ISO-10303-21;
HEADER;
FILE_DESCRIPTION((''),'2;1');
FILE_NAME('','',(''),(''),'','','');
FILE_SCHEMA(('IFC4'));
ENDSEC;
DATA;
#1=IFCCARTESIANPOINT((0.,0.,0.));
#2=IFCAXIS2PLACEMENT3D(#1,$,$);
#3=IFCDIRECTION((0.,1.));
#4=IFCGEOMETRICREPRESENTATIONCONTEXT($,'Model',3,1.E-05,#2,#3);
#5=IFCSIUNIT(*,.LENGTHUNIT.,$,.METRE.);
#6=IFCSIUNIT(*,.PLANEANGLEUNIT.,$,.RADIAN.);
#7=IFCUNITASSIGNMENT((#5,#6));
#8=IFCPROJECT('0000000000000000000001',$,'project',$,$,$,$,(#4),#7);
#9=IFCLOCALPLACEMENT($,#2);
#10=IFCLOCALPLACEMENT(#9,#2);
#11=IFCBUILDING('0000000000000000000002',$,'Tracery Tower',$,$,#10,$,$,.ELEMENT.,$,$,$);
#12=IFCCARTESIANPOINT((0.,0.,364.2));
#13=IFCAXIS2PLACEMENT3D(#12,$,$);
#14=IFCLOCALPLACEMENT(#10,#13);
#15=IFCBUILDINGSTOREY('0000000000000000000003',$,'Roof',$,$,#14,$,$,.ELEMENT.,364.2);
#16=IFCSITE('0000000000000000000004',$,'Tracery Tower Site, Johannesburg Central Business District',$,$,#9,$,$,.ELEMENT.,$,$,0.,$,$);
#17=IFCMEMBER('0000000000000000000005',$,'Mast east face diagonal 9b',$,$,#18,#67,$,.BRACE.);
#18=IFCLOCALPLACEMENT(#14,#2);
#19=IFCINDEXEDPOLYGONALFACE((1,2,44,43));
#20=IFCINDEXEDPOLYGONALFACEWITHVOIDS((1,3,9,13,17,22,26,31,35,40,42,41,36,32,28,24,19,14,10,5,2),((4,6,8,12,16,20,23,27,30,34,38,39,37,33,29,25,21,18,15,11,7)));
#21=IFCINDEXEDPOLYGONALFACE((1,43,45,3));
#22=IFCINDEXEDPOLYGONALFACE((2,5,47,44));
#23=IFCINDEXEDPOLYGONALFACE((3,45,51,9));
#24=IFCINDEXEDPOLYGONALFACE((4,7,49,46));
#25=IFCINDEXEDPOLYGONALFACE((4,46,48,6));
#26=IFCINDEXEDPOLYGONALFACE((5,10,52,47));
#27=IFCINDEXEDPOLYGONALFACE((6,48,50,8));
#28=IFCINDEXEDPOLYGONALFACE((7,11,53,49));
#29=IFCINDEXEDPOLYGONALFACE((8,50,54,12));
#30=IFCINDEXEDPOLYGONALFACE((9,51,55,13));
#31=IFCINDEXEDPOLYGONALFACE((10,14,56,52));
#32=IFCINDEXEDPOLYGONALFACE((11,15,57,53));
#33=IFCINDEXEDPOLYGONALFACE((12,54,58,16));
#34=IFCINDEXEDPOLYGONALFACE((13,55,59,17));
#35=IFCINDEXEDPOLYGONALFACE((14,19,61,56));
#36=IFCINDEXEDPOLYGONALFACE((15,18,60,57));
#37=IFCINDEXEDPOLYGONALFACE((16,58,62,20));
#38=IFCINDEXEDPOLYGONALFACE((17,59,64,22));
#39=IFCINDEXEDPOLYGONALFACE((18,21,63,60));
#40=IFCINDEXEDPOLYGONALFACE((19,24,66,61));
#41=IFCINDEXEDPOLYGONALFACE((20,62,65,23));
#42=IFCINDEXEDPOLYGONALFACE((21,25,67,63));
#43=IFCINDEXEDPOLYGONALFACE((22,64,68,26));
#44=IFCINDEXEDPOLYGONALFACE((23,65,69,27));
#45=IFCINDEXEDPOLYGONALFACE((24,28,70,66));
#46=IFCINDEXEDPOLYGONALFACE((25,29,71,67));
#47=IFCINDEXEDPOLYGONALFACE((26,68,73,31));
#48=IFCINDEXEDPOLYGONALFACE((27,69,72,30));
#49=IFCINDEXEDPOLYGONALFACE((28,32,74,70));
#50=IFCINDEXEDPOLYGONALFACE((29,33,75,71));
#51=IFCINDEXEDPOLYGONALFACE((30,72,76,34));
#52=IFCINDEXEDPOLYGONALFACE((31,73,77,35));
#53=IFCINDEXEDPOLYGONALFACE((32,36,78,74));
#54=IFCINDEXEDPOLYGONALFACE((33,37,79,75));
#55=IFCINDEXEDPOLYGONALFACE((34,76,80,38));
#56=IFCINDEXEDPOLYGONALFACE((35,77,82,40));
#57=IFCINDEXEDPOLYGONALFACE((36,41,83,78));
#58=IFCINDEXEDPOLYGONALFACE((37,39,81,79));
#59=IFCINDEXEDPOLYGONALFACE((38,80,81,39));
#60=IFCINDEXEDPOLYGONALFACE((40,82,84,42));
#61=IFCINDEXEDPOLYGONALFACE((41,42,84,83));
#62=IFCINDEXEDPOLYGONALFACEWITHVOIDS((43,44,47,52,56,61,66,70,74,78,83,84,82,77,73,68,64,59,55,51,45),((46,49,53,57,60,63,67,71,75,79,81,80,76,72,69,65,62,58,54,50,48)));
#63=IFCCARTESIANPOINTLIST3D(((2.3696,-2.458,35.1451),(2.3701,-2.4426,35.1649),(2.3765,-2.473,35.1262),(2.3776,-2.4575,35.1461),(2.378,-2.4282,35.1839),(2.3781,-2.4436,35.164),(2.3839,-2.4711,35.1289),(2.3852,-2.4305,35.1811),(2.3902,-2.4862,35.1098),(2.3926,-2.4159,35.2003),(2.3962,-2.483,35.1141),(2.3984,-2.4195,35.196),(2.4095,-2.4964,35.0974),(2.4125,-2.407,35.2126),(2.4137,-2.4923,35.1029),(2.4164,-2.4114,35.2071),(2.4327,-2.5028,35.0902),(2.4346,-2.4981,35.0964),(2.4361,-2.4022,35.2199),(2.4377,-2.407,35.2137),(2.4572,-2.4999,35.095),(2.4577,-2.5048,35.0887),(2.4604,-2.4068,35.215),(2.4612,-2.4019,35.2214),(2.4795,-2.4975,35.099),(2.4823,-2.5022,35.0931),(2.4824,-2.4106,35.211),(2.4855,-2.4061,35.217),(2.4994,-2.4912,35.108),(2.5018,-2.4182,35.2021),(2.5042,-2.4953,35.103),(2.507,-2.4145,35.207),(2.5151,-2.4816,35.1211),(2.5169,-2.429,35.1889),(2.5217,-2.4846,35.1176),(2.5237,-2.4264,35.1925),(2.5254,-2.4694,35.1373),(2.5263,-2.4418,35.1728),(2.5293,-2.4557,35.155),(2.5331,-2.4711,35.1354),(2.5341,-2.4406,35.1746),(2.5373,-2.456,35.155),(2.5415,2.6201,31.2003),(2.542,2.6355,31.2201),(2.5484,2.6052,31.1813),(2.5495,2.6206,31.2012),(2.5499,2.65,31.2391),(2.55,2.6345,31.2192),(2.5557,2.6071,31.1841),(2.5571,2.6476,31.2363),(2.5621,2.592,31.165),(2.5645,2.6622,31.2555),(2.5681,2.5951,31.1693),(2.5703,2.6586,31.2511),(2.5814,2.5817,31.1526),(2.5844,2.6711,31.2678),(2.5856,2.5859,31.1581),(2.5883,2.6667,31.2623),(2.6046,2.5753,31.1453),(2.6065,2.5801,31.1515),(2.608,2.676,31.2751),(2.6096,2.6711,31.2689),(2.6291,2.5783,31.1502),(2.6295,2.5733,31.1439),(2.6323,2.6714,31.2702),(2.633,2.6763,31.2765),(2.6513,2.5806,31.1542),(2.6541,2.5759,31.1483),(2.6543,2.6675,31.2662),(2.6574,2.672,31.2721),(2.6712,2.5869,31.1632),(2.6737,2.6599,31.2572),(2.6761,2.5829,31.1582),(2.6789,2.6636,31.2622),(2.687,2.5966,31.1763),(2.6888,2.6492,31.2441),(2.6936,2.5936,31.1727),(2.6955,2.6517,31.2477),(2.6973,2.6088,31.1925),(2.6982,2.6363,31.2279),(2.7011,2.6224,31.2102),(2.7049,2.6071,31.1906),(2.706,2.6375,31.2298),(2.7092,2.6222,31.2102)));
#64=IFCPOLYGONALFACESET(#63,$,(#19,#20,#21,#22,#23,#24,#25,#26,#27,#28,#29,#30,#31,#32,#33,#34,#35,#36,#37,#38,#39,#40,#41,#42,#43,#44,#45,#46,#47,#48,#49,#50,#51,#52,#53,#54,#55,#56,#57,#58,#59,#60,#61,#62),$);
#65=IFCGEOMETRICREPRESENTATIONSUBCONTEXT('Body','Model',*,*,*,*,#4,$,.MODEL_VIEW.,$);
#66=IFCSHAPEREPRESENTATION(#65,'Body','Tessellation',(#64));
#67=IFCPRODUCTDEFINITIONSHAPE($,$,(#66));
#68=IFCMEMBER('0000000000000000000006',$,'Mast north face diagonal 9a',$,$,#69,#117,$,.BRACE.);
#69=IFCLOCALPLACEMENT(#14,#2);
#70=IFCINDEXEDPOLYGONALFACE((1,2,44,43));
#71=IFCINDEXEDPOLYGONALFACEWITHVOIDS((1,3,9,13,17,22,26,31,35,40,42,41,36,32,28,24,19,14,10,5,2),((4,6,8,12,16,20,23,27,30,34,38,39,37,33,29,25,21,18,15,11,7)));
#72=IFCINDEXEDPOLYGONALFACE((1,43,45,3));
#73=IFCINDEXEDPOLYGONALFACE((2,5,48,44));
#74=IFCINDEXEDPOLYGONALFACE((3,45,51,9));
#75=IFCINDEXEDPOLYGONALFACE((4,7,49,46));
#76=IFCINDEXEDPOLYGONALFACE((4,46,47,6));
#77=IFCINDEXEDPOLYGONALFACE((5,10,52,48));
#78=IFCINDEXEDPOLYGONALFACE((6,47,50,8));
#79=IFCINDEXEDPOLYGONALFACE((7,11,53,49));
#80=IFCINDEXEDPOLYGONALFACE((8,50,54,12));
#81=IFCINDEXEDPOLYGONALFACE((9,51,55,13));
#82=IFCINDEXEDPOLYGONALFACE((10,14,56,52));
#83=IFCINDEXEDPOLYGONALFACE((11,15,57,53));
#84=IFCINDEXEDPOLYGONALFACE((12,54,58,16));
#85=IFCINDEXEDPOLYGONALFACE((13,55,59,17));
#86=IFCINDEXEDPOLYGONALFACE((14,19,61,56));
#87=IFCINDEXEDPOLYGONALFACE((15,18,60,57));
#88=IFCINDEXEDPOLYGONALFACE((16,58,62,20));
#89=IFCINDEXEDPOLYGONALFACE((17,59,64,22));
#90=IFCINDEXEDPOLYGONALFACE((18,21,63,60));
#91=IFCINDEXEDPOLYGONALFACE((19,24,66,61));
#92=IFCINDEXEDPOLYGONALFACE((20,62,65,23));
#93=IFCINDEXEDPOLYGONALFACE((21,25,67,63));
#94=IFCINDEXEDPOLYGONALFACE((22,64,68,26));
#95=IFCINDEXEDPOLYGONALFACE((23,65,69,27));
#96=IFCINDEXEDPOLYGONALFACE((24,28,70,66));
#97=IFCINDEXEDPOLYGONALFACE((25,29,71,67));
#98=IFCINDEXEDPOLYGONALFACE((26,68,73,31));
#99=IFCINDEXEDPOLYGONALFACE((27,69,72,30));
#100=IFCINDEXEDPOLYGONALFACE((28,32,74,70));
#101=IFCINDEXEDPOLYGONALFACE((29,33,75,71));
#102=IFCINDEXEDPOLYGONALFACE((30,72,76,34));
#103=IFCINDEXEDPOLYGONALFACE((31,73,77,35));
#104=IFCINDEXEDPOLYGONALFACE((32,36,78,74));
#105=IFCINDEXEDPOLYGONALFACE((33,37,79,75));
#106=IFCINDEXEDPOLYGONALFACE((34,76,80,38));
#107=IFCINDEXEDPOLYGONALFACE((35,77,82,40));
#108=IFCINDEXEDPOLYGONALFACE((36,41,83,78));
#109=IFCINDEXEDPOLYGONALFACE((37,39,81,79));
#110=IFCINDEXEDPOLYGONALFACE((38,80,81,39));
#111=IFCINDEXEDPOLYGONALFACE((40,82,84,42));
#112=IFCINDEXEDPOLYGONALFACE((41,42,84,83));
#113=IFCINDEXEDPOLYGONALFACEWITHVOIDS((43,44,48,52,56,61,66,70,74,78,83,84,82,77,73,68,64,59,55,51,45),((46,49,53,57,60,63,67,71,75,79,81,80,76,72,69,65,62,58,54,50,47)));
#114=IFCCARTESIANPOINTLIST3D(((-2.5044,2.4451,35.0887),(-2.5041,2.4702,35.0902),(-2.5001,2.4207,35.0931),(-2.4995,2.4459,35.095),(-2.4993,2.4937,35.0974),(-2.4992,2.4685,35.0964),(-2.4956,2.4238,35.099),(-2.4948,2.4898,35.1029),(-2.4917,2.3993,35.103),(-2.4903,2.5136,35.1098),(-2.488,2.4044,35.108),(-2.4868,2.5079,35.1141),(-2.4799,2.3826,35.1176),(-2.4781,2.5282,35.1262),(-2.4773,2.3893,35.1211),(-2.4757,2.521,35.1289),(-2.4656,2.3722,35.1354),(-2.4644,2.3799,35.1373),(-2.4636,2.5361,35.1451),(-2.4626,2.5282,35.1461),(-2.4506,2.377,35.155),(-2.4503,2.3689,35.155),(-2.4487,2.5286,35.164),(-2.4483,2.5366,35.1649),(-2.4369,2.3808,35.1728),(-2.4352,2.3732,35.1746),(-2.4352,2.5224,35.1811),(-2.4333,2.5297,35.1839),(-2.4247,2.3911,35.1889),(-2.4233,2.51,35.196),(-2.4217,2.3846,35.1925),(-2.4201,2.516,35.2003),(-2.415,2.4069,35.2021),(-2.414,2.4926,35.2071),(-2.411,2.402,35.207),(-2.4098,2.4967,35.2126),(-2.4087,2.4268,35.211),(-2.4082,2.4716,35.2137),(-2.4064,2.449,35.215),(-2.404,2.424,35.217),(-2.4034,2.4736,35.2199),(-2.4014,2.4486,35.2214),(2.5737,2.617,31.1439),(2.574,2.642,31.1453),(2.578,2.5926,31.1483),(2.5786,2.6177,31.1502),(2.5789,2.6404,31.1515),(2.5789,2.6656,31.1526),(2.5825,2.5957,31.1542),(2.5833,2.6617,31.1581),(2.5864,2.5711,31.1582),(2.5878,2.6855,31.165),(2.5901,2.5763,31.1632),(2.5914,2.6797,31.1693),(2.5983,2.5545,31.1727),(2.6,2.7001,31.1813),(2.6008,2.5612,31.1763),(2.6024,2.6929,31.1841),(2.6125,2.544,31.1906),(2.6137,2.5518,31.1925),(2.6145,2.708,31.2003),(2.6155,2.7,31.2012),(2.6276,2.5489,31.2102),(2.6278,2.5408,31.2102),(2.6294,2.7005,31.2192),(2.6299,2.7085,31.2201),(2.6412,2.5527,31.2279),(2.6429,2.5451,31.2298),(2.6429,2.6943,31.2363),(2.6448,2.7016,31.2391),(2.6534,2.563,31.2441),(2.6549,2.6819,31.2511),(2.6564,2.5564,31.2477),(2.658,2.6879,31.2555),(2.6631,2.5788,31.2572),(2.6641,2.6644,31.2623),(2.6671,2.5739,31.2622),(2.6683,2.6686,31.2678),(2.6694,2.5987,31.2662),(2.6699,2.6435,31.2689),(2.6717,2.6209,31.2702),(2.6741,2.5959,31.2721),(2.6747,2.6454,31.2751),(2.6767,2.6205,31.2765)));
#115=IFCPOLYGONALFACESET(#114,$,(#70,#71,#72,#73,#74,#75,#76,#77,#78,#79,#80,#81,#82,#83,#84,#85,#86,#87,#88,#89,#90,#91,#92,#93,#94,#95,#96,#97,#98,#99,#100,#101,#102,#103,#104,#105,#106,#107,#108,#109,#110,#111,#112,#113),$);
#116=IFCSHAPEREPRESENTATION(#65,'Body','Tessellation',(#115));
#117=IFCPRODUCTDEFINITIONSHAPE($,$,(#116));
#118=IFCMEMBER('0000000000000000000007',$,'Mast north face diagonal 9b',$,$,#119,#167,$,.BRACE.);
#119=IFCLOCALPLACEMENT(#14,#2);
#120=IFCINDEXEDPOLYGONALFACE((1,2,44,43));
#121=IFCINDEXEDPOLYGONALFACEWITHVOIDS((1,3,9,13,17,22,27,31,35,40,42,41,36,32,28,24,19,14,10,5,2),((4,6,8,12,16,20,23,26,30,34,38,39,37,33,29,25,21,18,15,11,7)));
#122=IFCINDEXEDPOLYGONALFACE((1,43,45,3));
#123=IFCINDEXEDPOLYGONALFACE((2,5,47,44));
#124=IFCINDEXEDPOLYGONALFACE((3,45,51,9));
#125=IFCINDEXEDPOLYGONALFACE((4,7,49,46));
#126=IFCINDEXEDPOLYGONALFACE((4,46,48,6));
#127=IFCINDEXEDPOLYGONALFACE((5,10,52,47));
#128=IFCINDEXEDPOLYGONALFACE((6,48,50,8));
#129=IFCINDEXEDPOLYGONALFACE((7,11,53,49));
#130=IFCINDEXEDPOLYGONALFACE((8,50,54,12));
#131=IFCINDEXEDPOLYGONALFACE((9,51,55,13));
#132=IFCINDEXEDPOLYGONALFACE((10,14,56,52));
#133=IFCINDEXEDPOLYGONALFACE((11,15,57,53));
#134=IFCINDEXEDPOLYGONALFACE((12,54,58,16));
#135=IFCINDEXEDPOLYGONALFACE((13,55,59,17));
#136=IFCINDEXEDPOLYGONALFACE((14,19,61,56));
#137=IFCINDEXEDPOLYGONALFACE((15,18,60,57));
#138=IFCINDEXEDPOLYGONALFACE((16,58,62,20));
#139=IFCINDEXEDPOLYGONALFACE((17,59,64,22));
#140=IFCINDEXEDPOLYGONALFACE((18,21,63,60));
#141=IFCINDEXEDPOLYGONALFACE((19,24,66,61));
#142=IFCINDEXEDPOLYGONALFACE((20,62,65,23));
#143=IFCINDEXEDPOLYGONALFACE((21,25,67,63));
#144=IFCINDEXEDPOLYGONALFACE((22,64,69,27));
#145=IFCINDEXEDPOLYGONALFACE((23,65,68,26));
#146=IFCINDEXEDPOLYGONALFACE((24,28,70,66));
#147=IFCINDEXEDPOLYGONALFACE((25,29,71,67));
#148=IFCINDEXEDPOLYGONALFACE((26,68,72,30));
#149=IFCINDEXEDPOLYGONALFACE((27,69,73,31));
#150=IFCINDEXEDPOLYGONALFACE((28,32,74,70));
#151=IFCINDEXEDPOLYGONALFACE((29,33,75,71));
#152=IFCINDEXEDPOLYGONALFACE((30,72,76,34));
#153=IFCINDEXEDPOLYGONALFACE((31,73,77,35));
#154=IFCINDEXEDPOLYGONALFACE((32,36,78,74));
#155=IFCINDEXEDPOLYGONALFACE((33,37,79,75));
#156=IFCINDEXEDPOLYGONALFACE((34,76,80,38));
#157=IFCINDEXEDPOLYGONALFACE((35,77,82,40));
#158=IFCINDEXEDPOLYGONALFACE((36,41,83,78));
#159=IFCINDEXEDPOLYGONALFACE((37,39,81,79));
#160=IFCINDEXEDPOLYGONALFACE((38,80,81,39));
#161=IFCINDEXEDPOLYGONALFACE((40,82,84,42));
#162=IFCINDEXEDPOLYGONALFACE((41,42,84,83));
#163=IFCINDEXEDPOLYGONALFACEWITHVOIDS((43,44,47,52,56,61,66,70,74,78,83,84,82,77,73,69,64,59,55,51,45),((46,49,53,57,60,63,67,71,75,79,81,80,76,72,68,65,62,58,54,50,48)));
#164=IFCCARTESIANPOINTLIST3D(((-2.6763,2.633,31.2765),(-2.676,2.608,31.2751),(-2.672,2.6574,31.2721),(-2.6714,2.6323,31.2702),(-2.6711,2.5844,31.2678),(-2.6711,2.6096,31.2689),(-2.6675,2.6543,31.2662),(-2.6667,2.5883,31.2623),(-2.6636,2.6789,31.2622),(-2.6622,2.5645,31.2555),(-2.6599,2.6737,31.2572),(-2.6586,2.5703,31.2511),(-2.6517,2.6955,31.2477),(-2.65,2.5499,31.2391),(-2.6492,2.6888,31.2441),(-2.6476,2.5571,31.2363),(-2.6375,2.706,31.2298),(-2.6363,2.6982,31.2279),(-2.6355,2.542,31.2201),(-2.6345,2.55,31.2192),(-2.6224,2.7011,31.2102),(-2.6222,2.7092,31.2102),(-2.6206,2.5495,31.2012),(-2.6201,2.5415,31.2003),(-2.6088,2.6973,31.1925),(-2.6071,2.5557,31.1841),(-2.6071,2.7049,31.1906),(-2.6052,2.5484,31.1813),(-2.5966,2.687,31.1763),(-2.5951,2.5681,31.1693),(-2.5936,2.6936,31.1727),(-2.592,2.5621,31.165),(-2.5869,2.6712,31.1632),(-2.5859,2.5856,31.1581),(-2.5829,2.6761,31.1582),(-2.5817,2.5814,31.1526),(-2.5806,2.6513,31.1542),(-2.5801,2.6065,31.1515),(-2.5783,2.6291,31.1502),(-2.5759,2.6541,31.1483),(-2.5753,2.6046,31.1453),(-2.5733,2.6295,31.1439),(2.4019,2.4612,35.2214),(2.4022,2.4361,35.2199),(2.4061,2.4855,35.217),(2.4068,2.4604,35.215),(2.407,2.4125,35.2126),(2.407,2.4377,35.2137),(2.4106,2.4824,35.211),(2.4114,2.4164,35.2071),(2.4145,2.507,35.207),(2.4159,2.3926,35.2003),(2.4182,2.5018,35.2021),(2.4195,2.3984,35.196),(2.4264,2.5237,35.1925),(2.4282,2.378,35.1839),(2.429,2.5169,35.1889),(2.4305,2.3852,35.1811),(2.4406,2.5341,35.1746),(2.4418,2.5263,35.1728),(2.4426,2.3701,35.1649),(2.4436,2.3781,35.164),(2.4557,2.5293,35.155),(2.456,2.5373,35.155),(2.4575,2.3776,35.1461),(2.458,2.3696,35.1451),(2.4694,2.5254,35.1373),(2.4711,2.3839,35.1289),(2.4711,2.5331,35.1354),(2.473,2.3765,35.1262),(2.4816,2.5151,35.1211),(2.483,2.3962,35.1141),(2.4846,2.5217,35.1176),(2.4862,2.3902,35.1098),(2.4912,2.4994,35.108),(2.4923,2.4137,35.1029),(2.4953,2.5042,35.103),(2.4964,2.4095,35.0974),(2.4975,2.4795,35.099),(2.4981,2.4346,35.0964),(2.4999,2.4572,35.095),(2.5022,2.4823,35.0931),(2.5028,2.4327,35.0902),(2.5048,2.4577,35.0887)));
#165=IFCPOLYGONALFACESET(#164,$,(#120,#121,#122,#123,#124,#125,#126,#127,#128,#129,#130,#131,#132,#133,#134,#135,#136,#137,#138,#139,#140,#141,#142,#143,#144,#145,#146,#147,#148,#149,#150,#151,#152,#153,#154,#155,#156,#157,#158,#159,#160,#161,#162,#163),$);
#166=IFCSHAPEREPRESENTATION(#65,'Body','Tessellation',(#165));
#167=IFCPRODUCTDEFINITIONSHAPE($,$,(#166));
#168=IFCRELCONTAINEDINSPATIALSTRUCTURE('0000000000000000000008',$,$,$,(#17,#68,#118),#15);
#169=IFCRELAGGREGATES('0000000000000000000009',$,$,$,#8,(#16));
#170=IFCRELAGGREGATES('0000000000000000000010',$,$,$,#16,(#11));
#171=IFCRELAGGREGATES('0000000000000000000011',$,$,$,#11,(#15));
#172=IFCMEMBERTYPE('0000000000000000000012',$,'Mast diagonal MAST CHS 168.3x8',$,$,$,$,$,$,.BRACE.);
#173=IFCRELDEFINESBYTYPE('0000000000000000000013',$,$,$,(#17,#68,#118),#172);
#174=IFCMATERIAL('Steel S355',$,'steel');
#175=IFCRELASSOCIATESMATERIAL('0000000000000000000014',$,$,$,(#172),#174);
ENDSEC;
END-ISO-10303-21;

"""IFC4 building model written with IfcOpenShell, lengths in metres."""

from ifc_helpers import new_model, si_unit, direction, frame, origin, origin_2d, place, context, subcontext, project, spatial, hollow_circle, extrude, material, material_profile, profile_set, type_object, element, save


model = new_model("IFC4")

# Units and contexts
model_context = context("Model", 3, precision=1e-05, world=origin(), true_north=direction((0.0, 1.0)))
body_context = subcontext(model_context, "Body", "Model", "MODEL_VIEW")
ifc_project = project(units=[si_unit("LENGTHUNIT", "METRE"), si_unit("PLANEANGLEUNIT", "RADIAN")], contexts=[model_context])

# Site, building, storey
site_placement = place(None, origin())
site = spatial("IfcSite", under=ifc_project, at=site_placement, Name="Tracery Tower Site, Johannesburg Central Business District", CompositionType="ELEMENT", RefElevation=0.0)
building_placement = place(site_placement, origin())
building = spatial("IfcBuilding", under=site, at=building_placement, Name="Tracery Tower", CompositionType="ELEMENT")
storey_placement = place(building_placement, frame((0.0, 0.0, 364.2)))
storey = spatial("IfcBuildingStorey", under=building, at=storey_placement, Name="Roof", CompositionType="ELEMENT", Elevation=364.2)

# Members
ifc_material_1 = material(Name="Steel S355", Category="steel")
ifc_material_profile_1 = material_profile(ifc_material_1, hollow_circle(Radius=0.0842, WallThickness=0.0081, at=origin_2d()), Name="CHS 168.3x8")
ifc_profile_set_1 = profile_set([ifc_material_profile_1], Name="Steel S355")
member_type_1 = type_object("IfcMemberType", Name="Mast diagonal MAST CHS 168.3x8", PredefinedType="BRACE", material=ifc_profile_set_1)
for number, where, z_axis, x_axis, name in (
    (1, (2.625, 2.625, 31.2102), (-0.026719, -0.789434, 0.613254), (0.999428, -0.033827, 0.0), "Mast east face diagonal 9b"),
    (2, (2.625, 2.625, 31.2102), (-0.789434, -0.026719, 0.613254), (0.033827, -0.999428, 0.0), "Mast north face diagonal 9a"),
    (3, (-2.625, 2.625, 31.2102), (0.789434, -0.026719, 0.613254), (0.033827, 0.999428, 0.0), "Mast north face diagonal 9b"),
):
    element("IfcMember", number, at=place(storey_placement, frame(where, z_axis=z_axis, x_axis=x_axis)), inside=storey, type_object=member_type_1, Name=name, PredefinedType="BRACE", context=body_context, shape_type="SweptSolid", body=[
        extrude(hollow_circle(Radius=0.0842, WallThickness=0.0081, at=origin_2d()), origin(), (0.0, 0.0, 1.0), 6.4326),
    ])

save(model, "model.ifc")
